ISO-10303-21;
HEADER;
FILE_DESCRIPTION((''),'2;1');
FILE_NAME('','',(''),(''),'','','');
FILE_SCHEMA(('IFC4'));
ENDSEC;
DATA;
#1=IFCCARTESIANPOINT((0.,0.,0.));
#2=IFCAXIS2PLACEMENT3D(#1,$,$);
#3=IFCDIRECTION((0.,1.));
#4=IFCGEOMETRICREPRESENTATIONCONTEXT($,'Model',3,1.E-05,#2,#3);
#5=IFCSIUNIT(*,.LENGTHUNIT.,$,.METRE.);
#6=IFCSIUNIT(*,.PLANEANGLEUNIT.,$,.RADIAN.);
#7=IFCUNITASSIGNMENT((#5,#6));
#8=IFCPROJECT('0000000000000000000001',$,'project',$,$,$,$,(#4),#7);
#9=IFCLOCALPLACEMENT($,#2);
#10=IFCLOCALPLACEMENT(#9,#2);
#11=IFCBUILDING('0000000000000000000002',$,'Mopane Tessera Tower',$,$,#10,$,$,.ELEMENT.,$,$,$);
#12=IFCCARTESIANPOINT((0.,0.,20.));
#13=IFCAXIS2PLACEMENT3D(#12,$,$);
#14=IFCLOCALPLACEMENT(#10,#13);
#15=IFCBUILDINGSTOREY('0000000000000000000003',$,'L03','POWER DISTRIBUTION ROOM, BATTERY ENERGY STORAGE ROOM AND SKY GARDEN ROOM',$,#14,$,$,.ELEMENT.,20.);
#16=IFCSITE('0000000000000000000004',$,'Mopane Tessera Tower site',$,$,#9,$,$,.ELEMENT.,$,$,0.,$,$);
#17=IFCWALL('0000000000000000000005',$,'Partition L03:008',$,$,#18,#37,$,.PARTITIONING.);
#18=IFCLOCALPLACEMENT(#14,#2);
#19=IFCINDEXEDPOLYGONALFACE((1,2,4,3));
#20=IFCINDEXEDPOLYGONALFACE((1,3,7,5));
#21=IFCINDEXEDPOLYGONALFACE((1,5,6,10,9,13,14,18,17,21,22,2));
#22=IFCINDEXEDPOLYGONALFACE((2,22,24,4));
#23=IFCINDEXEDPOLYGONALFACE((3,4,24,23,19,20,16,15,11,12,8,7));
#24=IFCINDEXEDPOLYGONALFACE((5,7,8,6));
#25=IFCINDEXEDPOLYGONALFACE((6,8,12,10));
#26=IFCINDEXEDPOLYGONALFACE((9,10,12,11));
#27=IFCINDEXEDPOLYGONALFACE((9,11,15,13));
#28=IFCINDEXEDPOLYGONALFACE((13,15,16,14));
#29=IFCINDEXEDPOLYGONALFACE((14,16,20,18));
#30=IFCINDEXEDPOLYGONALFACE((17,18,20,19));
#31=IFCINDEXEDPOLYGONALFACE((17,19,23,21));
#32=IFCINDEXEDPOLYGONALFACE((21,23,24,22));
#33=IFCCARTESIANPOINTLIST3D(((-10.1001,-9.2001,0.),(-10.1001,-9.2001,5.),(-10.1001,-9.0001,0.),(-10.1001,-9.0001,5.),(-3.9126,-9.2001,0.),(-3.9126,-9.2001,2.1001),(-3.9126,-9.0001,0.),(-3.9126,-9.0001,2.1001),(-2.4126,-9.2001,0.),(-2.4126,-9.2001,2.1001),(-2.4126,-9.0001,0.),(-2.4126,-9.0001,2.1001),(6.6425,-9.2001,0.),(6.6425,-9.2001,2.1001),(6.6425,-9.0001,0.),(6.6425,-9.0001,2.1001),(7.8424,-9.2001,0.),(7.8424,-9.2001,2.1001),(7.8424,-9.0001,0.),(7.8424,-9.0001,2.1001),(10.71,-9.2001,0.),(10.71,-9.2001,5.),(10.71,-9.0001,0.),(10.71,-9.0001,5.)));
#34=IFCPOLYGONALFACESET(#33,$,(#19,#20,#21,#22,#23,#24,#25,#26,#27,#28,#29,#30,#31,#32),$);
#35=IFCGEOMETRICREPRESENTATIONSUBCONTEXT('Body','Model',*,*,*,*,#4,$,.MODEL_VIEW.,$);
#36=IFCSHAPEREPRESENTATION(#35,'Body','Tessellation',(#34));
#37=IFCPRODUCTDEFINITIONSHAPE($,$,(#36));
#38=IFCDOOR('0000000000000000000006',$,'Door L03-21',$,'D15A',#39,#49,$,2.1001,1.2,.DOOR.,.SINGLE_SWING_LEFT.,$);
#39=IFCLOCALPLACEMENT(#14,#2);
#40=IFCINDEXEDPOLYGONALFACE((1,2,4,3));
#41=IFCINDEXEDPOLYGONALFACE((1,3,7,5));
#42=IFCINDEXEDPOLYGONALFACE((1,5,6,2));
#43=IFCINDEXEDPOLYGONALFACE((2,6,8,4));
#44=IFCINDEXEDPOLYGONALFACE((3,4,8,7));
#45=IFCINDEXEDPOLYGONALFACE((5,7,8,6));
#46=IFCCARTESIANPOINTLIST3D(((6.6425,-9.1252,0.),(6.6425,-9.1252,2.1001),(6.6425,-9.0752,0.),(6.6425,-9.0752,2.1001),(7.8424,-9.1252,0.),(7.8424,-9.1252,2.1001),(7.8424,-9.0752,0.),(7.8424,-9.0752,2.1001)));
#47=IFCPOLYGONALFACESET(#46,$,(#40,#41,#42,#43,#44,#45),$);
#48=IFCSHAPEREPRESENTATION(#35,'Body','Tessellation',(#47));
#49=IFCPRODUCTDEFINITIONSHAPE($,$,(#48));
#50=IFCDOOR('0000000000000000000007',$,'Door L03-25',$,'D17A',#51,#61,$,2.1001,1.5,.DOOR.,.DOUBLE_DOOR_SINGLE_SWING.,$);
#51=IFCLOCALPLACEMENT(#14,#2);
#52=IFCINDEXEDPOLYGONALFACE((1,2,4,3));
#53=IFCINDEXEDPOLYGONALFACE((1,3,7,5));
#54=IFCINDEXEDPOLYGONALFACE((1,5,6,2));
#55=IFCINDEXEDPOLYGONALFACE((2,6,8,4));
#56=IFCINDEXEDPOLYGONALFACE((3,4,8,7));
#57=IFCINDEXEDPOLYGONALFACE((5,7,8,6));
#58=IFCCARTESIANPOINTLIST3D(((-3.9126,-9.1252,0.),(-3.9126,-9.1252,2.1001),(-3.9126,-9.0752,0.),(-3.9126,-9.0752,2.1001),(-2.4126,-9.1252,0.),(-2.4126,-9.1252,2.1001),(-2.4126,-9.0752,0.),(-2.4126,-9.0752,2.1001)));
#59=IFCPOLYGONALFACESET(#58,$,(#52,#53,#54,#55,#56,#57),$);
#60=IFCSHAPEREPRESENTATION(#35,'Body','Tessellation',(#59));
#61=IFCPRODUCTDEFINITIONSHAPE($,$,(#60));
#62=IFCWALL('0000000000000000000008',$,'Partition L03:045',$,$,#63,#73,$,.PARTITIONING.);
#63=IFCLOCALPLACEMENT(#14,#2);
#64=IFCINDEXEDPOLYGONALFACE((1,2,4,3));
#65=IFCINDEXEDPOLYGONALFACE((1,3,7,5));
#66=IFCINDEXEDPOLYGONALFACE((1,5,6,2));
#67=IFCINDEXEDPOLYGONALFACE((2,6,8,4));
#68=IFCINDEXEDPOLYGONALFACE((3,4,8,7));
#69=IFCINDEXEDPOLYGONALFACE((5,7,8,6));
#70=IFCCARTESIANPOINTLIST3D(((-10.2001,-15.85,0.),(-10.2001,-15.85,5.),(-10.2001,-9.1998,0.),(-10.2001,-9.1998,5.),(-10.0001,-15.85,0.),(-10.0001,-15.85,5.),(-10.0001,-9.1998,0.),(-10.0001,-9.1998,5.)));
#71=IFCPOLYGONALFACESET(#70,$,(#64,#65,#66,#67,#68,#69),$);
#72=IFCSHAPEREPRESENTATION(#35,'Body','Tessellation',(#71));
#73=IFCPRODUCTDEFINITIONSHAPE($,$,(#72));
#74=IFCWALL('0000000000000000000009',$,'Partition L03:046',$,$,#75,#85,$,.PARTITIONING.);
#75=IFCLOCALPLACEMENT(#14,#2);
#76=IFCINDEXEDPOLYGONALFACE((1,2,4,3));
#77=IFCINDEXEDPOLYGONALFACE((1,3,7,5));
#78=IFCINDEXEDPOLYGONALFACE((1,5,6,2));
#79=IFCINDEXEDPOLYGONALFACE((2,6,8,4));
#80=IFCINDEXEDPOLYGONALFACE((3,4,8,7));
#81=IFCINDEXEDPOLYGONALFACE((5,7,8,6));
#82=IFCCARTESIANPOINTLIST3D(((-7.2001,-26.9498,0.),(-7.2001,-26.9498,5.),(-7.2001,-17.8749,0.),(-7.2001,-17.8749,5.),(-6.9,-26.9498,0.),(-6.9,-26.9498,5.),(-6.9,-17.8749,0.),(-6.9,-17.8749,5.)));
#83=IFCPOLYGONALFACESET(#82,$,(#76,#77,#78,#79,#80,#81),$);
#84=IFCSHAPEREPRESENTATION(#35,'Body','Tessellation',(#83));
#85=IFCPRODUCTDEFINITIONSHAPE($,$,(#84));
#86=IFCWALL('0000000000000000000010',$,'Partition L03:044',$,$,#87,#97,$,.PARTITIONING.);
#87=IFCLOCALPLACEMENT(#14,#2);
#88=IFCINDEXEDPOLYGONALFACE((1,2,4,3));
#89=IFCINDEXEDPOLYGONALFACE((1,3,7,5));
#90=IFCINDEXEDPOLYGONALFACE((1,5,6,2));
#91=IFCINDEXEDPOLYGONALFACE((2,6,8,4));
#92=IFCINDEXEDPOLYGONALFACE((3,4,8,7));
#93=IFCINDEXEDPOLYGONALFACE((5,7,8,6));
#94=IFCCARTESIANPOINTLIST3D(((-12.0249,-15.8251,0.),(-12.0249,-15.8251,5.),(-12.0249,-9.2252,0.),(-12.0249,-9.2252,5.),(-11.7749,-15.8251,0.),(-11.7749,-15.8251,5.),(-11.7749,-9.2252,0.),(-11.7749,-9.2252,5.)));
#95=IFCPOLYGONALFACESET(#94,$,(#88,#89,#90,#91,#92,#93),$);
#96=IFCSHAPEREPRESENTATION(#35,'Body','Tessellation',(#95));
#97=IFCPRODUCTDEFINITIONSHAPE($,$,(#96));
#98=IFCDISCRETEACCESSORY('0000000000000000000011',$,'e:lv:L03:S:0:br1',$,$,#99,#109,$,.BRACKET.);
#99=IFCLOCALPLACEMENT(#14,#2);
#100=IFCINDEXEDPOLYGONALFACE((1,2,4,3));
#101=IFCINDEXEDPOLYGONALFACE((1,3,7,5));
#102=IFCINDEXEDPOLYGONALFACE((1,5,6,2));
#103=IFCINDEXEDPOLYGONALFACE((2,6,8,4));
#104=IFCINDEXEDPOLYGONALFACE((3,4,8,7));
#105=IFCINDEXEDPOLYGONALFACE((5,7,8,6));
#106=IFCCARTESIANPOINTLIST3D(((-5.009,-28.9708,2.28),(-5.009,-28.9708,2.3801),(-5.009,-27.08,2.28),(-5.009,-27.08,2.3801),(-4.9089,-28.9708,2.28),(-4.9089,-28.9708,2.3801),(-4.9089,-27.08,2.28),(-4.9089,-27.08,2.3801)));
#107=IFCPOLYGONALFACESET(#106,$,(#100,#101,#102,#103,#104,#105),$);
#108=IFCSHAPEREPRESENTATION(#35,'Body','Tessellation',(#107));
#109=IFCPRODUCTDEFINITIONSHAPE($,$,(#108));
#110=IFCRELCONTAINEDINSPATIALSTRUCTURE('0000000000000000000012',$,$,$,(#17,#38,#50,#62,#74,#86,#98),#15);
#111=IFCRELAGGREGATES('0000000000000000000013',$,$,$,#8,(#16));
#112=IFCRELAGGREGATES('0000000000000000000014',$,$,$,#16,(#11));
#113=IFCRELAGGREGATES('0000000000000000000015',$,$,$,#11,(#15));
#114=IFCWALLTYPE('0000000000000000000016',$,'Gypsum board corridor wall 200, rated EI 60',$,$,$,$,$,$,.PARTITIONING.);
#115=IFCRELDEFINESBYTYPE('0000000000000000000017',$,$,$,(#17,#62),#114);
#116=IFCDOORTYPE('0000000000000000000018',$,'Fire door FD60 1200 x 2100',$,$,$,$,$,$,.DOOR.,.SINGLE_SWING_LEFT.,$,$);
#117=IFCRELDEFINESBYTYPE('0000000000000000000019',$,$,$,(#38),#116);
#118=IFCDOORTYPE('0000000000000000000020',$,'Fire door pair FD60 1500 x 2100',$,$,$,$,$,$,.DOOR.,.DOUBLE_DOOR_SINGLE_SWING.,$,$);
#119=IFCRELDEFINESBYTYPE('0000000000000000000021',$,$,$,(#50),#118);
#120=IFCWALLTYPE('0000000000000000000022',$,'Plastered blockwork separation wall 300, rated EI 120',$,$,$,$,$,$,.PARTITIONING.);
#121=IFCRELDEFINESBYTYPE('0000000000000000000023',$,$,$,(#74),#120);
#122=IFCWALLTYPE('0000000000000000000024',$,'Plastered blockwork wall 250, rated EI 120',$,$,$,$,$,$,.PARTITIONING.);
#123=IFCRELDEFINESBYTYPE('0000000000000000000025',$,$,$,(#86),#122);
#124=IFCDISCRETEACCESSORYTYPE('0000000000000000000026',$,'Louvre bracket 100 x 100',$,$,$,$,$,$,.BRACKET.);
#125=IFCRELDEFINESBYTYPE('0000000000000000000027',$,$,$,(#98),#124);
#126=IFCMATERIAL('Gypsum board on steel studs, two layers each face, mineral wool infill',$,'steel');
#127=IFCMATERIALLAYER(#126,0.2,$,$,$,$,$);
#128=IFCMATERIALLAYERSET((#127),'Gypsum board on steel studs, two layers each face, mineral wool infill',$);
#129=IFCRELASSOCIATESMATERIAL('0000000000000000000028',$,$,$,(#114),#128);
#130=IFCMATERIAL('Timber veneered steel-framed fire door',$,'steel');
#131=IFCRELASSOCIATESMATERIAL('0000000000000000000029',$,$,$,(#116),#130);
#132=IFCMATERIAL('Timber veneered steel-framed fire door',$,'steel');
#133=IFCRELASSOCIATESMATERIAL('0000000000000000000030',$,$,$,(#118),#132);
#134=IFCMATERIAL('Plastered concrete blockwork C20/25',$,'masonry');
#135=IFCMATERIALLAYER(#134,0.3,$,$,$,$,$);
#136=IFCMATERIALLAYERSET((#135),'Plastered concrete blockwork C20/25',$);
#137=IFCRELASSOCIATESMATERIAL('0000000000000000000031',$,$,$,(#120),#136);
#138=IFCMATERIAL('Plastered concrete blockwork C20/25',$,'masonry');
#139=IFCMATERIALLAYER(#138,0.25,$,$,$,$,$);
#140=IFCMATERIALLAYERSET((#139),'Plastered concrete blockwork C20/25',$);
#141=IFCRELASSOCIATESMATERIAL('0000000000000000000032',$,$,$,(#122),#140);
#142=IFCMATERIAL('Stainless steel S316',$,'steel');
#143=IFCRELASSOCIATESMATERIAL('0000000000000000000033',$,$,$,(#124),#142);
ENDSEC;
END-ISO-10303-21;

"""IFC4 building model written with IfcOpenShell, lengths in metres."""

from ifc_helpers import new_model, si_unit, direction, frame, frame_2d, origin, origin_2d, place, context, subcontext, project, spatial, rectangle, extrude, material, layer, layer_set, type_object, element, fill, save


model = new_model("IFC4")

# Units and contexts
model_context = context("Model", 3, precision=1e-05, world=origin(), true_north=direction((0.0, 1.0)))
body_context = subcontext(model_context, "Body", "Model", "MODEL_VIEW")
ifc_project = project(units=[si_unit("LENGTHUNIT", "METRE"), si_unit("PLANEANGLEUNIT", "RADIAN")], contexts=[model_context])

# Site, building, storey
site_placement = place(None, origin())
site = spatial("IfcSite", under=ifc_project, at=site_placement, Name="Mopane Tessera Tower site", CompositionType="ELEMENT", RefElevation=0.0)
building_placement = place(site_placement, origin())
building = spatial("IfcBuilding", under=site, at=building_placement, Name="Mopane Tessera Tower", CompositionType="ELEMENT")
storey_placement = place(building_placement, frame((0.0, 0.0, 20.0)))
storey = spatial("IfcBuildingStorey", under=building, at=storey_placement, Name="L03", Description="POWER DISTRIBUTION ROOM, BATTERY ENERGY STORAGE ROOM AND SKY GARDEN ROOM", CompositionType="ELEMENT", Elevation=20.0)

# Shared definitions
ifc_material_1 = material(Name="Gypsum board on steel studs, two layers each face, mineral wool infill", Category="steel")
ifc_layer_1 = layer(ifc_material_1, 0.2)
ifc_layer_set_1 = layer_set([ifc_layer_1], Name="Gypsum board on steel studs, two layers each face, mineral wool infill")
wall_type_1 = type_object("IfcWallType", Name="Gypsum board corridor wall 200, rated EI 60", PredefinedType="PARTITIONING", material=ifc_layer_set_1)

# Wall, openings, doors
wall_1_placement = place(storey_placement, frame((-10.1001, -9.1001, 0.0), z_axis=(0.0, 0.0, 1.0), x_axis=(1.0, 0.0, 0.0)))
wall_1 = element("IfcWall", 1, at=wall_1_placement, inside=storey, type_object=wall_type_1, Name="Partition L03:008", PredefinedType="PARTITIONING", context=body_context, shape_type="SweptSolid", body=[
    extrude(rectangle(XDim=20.8101, YDim=0.2, at=frame_2d((10.405, 0.0))), origin(), (0.0, 0.0, 1.0), 5.0),
])
opening_1_placement = place(wall_1_placement, frame((16.7424, 0.0, 0.0)))
opening_1 = element("IfcOpeningElement", 2, at=opening_1_placement, cuts=wall_1, PredefinedType="OPENING", context=body_context, shape_type="SweptSolid", body=[
    extrude(rectangle(XDim=1.2, YDim=2.1001, at=frame_2d((0.6001, 1.05))), frame((0.0, 0.1121, 0.0), z_axis=(0.0, -1.0, 0.0), x_axis=(1.0, 0.0, 0.0)), (0.0, 0.0, 1.0), 0.2239),
])
opening_2_placement = place(wall_1_placement, frame((6.1875, 0.0, 0.0)))
opening_2 = element("IfcOpeningElement", 3, at=opening_2_placement, cuts=wall_1, PredefinedType="OPENING", context=body_context, shape_type="SweptSolid", body=[
    extrude(rectangle(XDim=1.5, YDim=2.1001, at=frame_2d((0.75, 1.05))), frame((0.0, 0.1121, 0.0), z_axis=(0.0, -1.0, 0.0), x_axis=(1.0, 0.0, 0.0)), (0.0, 0.0, 1.0), 0.2239),
])
ifc_material_2 = material(Name="Timber veneered steel-framed fire door", Category="steel")
door_type_1 = type_object("IfcDoorType", Name="Fire door FD60 1200 x 2100", OperationType="SINGLE_SWING_LEFT", PredefinedType="DOOR", material=ifc_material_2)
door_1_placement = place(opening_1_placement, origin())
door_1 = element("IfcDoor", 4, at=door_1_placement, inside=storey, type_object=door_type_1, Name="Door L03-21", ObjectType="D15A", OperationType="SINGLE_SWING_LEFT", OverallHeight=2.1001, OverallWidth=1.2, PredefinedType="DOOR", context=body_context, shape_type="SweptSolid", body=[
    extrude(rectangle(XDim=1.2, YDim=2.1001, at=frame_2d((0.6001, 1.05))), frame((0.0, 0.0249, 0.0), z_axis=(0.0, -1.0, 0.0), x_axis=(1.0, 0.0, 0.0)), (0.0, 0.0, 1.0), 0.05),
])
fill(opening_1, door_1)
ifc_material_3 = material(Name="Timber veneered steel-framed fire door", Category="steel")
door_type_2 = type_object("IfcDoorType", Name="Fire door pair FD60 1500 x 2100", OperationType="DOUBLE_DOOR_SINGLE_SWING", PredefinedType="DOOR", material=ifc_material_3)
door_2_placement = place(opening_2_placement, origin())
door_2 = element("IfcDoor", 5, at=door_2_placement, inside=storey, type_object=door_type_2, Name="Door L03-25", ObjectType="D17A", OperationType="DOUBLE_DOOR_SINGLE_SWING", OverallHeight=2.1001, OverallWidth=1.5, PredefinedType="DOOR", context=body_context, shape_type="SweptSolid", body=[
    extrude(rectangle(XDim=1.5, YDim=2.1001, at=frame_2d((0.75, 1.05))), frame((0.0, 0.0249, 0.0), z_axis=(0.0, -1.0, 0.0), x_axis=(1.0, 0.0, 0.0)), (0.0, 0.0, 1.0), 0.05),
])
fill(opening_2, door_2)

# Walls
wall_2_placement = place(storey_placement, frame((-10.1001, -15.8501, 0.0), z_axis=(0.0, 0.0, 1.0), x_axis=(0.0, 1.0, 0.0)))
element("IfcWall", 6, at=wall_2_placement, inside=storey, type_object=wall_type_1, Name="Partition L03:045", PredefinedType="PARTITIONING", context=body_context, shape_type="SweptSolid", body=[
    extrude(rectangle(XDim=6.6501, YDim=0.2, at=frame_2d((3.3252, 0.0))), origin(), (0.0, 0.0, 1.0), 5.0),
])
ifc_material_4 = material(Name="Plastered concrete blockwork C20/25", Category="masonry")
ifc_layer_2 = layer(ifc_material_4, 0.3)
ifc_layer_set_2 = layer_set([ifc_layer_2], Name="Plastered concrete blockwork C20/25")
wall_type_2 = type_object("IfcWallType", Name="Plastered blockwork separation wall 300, rated EI 120", PredefinedType="PARTITIONING", material=ifc_layer_set_2)
wall_3_placement = place(storey_placement, frame((-7.05, -26.95, 0.0), z_axis=(0.0, 0.0, 1.0), x_axis=(0.0, 1.0, 0.0)))
element("IfcWall", 7, at=wall_3_placement, inside=storey, type_object=wall_type_2, Name="Partition L03:046", PredefinedType="PARTITIONING", context=body_context, shape_type="SweptSolid", body=[
    extrude(rectangle(XDim=9.075, YDim=0.3, at=frame_2d((4.5376, 0.0))), origin(), (0.0, 0.0, 1.0), 5.0),
])
ifc_material_5 = material(Name="Plastered concrete blockwork C20/25", Category="masonry")
ifc_layer_3 = layer(ifc_material_5, 0.25)
ifc_layer_set_3 = layer_set([ifc_layer_3], Name="Plastered concrete blockwork C20/25")
wall_type_3 = type_object("IfcWallType", Name="Plastered blockwork wall 250, rated EI 120", PredefinedType="PARTITIONING", material=ifc_layer_set_3)
wall_4_placement = place(storey_placement, frame((-11.8999, -15.825, 0.0), z_axis=(0.0, 0.0, 1.0), x_axis=(0.0, 1.0, 0.0)))
element("IfcWall", 8, at=wall_4_placement, inside=storey, type_object=wall_type_3, Name="Partition L03:044", PredefinedType="PARTITIONING", context=body_context, shape_type="SweptSolid", body=[
    extrude(rectangle(XDim=6.5999, YDim=0.25, at=frame_2d((3.2998, 0.0))), origin(), (0.0, 0.0, 1.0), 5.0),
])

# Discrete accessory
ifc_material_6 = material(Name="Stainless steel S316", Category="steel")
discrete_accessory_type = type_object("IfcDiscreteAccessoryType", Name="Louvre bracket 100 x 100", PredefinedType="BRACKET", material=ifc_material_6)
discrete_accessory_placement = place(storey_placement, frame((-4.959, -28.0254, 2.28), z_axis=(0.0, 0.0, 1.0), x_axis=(0.0, -1.0, 0.0)))
element("IfcDiscreteAccessory", 9, at=discrete_accessory_placement, inside=storey, type_object=discrete_accessory_type, Name="e:lv:L03:S:0:br1", PredefinedType="BRACKET", context=body_context, shape_type="SweptSolid", body=[
    extrude(rectangle(XDim=1.8909, YDim=0.1001, at=origin_2d()), origin(), (0.0, 0.0, 1.0), 0.1001),
])

save(model, "model.ifc")
